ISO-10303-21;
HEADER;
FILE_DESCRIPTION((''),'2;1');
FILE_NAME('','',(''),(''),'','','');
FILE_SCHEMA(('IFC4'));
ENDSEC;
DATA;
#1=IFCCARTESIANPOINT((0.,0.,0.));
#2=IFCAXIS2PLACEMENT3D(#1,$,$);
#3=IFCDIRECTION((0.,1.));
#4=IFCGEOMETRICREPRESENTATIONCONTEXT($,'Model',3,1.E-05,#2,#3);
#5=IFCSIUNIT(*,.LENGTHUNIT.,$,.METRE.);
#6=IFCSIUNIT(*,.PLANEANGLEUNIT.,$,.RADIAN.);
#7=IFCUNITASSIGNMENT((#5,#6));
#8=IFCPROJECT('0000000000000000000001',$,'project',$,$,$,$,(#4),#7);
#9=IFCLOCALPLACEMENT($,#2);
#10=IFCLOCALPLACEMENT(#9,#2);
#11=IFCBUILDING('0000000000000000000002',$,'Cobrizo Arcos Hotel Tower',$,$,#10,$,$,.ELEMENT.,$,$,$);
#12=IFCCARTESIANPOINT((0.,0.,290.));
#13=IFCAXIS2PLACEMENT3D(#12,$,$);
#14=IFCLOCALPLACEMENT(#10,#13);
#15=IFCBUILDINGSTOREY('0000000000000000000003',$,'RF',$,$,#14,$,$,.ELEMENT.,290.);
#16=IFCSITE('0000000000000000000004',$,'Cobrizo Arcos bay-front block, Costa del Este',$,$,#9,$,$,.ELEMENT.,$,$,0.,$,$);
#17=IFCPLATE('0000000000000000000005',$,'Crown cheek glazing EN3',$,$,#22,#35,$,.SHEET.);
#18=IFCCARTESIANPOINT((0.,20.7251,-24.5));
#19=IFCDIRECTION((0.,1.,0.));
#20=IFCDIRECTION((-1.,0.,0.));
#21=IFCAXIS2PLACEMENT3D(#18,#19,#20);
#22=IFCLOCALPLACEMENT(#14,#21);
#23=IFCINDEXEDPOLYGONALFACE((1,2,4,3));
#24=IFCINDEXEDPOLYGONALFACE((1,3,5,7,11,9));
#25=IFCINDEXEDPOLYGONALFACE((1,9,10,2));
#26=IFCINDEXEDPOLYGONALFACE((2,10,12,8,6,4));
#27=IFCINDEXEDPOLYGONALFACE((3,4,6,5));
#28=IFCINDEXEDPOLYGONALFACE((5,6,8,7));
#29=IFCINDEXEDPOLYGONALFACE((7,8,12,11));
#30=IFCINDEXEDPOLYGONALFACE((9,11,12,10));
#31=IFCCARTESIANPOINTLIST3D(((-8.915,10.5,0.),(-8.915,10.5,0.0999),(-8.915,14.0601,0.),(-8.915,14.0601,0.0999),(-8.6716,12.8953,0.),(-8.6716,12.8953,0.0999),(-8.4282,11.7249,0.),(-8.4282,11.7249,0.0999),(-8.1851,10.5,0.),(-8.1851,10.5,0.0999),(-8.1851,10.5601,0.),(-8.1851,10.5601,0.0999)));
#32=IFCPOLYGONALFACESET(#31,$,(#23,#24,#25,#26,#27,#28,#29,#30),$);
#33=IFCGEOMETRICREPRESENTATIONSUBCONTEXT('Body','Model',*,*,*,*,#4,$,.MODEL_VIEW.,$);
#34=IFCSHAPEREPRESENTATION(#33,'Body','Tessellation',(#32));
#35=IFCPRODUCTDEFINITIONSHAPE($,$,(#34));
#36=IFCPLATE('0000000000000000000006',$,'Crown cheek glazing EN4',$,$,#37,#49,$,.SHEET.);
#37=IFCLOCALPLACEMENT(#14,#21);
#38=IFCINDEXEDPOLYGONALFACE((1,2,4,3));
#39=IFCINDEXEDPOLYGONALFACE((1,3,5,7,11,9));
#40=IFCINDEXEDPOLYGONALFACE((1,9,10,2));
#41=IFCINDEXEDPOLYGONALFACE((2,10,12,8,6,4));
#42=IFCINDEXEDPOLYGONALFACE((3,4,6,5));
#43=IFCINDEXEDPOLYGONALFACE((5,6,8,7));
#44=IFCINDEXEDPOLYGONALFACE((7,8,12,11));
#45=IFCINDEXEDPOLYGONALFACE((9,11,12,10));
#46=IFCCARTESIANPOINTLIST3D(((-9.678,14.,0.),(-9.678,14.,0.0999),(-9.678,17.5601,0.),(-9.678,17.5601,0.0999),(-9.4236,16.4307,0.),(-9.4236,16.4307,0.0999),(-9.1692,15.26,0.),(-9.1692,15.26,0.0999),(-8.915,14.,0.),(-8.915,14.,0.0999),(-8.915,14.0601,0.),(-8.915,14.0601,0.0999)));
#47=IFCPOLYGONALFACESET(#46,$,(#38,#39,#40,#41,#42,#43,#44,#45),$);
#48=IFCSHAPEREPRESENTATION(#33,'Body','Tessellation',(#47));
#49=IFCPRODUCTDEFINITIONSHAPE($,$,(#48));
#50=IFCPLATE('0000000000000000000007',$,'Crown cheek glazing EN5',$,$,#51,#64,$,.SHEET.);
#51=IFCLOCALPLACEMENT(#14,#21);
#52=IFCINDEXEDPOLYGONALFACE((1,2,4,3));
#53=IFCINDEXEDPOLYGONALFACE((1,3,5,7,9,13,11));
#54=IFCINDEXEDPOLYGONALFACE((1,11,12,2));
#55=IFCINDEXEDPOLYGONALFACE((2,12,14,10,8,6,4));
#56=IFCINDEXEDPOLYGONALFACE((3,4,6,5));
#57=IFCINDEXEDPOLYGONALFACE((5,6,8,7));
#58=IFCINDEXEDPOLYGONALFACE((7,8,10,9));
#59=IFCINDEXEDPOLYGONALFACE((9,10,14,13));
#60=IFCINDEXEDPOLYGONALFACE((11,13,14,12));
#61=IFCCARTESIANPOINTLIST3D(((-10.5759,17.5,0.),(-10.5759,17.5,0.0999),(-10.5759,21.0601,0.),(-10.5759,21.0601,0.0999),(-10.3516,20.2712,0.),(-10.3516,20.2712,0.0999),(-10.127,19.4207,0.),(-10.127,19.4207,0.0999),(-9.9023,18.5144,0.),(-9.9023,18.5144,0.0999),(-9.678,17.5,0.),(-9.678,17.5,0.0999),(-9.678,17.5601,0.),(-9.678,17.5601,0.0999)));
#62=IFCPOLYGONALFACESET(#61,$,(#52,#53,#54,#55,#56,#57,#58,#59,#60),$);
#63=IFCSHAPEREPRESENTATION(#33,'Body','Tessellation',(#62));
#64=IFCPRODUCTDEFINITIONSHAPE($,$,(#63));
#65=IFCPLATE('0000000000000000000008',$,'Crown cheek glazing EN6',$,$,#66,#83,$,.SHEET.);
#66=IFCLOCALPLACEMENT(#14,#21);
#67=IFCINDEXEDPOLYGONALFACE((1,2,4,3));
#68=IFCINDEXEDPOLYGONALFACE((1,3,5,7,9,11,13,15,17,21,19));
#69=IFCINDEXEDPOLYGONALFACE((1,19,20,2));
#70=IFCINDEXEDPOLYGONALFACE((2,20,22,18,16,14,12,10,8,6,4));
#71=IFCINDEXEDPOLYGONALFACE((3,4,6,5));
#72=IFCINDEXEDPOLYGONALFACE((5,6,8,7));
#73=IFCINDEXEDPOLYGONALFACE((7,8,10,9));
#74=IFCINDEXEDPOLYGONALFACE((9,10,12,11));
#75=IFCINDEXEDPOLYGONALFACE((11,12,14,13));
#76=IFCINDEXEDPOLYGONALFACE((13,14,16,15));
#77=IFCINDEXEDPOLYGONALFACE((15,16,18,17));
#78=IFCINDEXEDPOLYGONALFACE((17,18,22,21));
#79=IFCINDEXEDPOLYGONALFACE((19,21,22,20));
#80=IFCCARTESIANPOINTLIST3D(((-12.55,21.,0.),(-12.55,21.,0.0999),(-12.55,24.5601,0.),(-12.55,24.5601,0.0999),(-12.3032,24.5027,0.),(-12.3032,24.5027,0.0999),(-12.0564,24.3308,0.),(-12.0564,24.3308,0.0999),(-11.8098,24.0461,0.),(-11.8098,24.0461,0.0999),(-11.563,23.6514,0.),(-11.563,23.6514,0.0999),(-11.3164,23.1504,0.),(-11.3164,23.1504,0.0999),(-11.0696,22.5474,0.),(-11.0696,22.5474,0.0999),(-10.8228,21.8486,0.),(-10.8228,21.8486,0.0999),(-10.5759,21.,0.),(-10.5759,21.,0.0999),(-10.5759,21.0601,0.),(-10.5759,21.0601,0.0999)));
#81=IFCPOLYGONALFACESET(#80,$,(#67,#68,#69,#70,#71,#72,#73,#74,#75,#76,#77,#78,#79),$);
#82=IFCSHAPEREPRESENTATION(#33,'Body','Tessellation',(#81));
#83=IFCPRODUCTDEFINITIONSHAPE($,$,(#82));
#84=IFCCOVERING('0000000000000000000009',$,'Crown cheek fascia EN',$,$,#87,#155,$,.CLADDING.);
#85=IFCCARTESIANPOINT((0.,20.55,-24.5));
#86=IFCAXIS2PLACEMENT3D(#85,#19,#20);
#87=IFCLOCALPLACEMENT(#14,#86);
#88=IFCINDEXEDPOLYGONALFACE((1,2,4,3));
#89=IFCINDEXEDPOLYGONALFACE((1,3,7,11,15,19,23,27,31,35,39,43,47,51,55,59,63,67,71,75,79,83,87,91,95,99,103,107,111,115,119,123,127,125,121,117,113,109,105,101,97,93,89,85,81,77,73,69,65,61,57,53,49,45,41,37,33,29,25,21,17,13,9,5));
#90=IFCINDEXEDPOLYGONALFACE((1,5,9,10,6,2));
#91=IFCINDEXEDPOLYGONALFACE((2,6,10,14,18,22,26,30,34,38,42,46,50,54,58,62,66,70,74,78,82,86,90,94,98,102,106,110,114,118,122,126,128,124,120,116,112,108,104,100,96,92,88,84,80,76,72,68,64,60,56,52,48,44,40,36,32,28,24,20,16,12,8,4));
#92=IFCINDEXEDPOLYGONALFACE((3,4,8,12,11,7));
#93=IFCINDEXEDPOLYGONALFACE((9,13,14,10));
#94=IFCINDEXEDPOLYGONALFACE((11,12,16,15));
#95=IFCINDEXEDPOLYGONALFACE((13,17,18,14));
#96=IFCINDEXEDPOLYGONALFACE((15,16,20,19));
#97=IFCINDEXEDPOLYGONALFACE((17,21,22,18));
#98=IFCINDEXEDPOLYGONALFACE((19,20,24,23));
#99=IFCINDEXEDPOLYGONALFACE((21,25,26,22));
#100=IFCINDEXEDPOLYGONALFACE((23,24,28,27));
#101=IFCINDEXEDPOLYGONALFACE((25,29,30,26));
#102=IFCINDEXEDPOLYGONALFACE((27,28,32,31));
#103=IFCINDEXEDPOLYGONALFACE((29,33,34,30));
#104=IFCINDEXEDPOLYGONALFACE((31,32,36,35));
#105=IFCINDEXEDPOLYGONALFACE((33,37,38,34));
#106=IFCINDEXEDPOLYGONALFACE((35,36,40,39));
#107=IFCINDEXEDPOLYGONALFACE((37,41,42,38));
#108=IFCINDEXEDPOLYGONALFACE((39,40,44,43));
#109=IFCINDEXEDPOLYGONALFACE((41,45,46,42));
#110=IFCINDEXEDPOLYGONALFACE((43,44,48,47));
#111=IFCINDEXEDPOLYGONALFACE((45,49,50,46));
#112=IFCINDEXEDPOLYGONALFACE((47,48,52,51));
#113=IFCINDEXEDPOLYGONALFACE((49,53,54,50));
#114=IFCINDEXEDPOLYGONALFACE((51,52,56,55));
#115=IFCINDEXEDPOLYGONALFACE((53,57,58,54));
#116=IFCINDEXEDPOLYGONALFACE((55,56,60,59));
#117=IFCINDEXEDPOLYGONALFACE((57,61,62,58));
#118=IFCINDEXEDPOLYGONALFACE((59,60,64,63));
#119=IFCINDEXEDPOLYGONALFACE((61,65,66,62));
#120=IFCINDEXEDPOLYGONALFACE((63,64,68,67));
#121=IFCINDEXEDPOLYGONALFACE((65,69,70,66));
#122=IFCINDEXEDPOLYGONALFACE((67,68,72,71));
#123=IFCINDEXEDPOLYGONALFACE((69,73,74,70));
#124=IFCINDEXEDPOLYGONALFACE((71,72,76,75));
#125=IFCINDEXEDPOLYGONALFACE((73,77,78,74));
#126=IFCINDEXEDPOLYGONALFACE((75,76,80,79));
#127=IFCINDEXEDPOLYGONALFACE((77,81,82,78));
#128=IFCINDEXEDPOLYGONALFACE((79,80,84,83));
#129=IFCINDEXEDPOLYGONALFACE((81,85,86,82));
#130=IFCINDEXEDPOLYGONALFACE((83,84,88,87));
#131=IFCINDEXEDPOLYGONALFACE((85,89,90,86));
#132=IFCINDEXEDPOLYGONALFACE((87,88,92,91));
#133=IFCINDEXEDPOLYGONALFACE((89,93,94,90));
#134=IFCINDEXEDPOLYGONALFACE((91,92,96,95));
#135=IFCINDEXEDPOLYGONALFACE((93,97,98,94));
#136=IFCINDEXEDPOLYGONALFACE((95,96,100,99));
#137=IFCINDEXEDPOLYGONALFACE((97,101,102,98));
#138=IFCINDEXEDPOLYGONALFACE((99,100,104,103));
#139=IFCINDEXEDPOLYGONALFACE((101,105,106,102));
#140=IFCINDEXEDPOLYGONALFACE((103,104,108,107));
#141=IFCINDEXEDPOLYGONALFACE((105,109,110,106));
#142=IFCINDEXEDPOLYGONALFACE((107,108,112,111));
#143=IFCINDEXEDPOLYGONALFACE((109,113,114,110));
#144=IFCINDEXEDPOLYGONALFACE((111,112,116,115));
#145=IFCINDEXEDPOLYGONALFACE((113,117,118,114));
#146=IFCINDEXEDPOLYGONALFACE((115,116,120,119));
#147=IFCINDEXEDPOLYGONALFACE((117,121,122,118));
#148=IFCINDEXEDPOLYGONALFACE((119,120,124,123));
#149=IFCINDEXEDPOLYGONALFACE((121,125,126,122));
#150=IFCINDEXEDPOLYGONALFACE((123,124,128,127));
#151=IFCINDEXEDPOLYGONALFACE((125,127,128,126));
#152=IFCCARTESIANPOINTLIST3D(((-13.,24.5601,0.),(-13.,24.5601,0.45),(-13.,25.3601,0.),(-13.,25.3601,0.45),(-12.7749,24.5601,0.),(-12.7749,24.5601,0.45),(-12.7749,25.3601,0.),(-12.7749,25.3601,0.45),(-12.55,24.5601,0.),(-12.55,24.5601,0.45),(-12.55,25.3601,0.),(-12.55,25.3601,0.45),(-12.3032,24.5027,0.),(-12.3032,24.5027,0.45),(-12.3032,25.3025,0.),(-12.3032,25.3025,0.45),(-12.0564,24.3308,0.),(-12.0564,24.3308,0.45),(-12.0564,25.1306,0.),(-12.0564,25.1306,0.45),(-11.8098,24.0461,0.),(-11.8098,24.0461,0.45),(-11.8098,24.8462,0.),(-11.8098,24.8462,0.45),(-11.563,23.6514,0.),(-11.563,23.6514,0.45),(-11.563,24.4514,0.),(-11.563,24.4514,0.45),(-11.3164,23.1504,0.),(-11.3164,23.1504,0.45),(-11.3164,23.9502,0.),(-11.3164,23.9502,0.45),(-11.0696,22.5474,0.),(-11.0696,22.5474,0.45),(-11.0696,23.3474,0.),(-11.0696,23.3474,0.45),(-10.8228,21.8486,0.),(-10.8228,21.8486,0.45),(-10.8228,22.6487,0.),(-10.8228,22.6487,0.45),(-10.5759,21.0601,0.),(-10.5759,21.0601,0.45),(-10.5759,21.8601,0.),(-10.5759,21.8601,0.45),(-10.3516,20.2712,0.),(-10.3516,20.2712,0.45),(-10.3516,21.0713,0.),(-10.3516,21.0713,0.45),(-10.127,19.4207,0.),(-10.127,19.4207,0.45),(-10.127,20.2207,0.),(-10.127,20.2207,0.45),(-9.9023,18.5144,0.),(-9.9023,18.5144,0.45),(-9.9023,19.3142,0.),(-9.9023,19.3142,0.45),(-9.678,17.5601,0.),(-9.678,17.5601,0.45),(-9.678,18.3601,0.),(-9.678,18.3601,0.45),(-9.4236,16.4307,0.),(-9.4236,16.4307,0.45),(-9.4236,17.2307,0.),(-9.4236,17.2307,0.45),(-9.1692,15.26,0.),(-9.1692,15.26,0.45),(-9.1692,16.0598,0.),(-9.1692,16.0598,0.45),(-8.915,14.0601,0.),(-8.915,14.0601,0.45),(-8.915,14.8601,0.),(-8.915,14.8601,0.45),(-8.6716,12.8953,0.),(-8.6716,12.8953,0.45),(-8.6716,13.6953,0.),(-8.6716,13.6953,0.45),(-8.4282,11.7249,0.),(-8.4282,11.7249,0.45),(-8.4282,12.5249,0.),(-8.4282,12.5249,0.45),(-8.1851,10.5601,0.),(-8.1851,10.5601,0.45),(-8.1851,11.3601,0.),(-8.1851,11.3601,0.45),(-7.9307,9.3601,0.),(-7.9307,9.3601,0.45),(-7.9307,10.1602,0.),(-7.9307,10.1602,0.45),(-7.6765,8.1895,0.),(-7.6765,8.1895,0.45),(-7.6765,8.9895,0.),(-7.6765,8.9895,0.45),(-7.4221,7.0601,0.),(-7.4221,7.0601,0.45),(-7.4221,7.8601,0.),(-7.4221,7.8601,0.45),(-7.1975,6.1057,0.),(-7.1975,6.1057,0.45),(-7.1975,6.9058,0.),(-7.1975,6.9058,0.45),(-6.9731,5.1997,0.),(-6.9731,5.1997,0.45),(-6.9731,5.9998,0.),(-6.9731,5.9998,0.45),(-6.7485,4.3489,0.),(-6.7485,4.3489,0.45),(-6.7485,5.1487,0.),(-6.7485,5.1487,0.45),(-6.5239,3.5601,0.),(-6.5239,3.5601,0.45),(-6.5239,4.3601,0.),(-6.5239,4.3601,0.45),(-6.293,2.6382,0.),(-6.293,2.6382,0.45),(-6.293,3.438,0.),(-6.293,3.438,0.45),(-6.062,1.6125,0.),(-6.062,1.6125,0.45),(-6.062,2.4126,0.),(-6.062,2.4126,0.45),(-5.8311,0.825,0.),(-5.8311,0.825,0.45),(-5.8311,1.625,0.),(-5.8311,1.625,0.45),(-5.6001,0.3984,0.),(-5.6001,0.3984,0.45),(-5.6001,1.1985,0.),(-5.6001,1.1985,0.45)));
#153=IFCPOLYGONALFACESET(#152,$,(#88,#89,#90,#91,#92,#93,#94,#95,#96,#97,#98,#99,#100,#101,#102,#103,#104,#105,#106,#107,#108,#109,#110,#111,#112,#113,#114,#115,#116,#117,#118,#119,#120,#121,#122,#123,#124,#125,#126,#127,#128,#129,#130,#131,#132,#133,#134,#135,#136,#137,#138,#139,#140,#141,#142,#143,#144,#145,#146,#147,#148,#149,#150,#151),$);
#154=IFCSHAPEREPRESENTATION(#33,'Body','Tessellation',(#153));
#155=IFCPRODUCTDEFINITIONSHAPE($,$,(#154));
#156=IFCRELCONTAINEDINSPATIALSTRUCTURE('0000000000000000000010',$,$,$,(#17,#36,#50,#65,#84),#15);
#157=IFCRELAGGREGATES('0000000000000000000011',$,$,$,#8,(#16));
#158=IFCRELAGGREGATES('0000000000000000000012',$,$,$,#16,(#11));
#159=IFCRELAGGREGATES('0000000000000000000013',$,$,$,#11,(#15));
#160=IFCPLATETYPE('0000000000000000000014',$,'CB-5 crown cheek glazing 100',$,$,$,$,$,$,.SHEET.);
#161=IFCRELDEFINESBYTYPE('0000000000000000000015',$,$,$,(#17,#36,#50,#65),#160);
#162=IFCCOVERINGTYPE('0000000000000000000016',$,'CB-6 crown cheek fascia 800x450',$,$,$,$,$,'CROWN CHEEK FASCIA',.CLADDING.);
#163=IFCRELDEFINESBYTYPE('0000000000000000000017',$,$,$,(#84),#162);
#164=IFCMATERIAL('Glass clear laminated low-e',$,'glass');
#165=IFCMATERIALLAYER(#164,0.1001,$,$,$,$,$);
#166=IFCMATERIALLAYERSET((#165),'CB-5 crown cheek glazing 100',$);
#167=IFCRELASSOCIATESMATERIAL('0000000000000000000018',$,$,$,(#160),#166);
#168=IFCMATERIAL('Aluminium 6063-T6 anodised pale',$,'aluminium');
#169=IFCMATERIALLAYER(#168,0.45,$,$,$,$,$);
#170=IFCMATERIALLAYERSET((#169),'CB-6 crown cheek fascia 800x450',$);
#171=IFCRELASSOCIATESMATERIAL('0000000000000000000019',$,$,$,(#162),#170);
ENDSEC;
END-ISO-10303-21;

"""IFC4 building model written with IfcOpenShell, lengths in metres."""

from ifc_helpers import new_model, si_unit, direction, frame, origin, place, context, subcontext, project, spatial, polyline, outline, extrude, material, layer, layer_set, type_object, element, save


model = new_model("IFC4")

# Units and contexts
model_context = context("Model", 3, precision=1e-05, world=origin(), true_north=direction((0.0, 1.0)))
body_context = subcontext(model_context, "Body", "Model", "MODEL_VIEW")
ifc_project = project(units=[si_unit("LENGTHUNIT", "METRE"), si_unit("PLANEANGLEUNIT", "RADIAN")], contexts=[model_context])

# Site, building, storey
site_placement = place(None, origin())
site = spatial("IfcSite", under=ifc_project, at=site_placement, Name="Cobrizo Arcos bay-front block, Costa del Este", CompositionType="ELEMENT", RefElevation=0.0)
building_placement = place(site_placement, origin())
building = spatial("IfcBuilding", under=site, at=building_placement, Name="Cobrizo Arcos Hotel Tower", CompositionType="ELEMENT")
storey_placement = place(building_placement, frame((0.0, 0.0, 290.0)))
storey = spatial("IfcBuildingStorey", under=building, at=storey_placement, Name="RF", CompositionType="ELEMENT", Elevation=290.0)

# Plates
ifc_material_1 = material(Name="Glass clear laminated low-e", Category="glass")
ifc_layer_1 = layer(ifc_material_1, 0.1001)
ifc_layer_set_1 = layer_set([ifc_layer_1], Name="CB-5 crown cheek glazing 100")
plate_type_1 = type_object("IfcPlateType", Name="CB-5 crown cheek glazing 100", PredefinedType="SHEET", material=ifc_layer_set_1)
plate_1_placement = place(storey_placement, frame((0.0, 20.7251, -24.5), z_axis=(0.0, 1.0, 0.0), x_axis=(-1.0, 0.0, 0.0)))
element("IfcPlate", 1, at=plate_1_placement, inside=storey, type_object=plate_type_1, Name="Crown cheek glazing EN3", PredefinedType="SHEET", context=body_context, shape_type="SweptSolid", body=[
    extrude(outline(polyline([(-8.1851, 10.5), (-8.1851, 10.5601), (-8.4282, 11.7249), (-8.6716, 12.8953), (-8.915, 14.0601), (-8.915, 10.5), (-8.1851, 10.5)])), origin(), (0.0, 0.0, 1.0), 0.0999),
])
plate_2_placement = place(storey_placement, frame((0.0, 20.7251, -24.5), z_axis=(0.0, 1.0, 0.0), x_axis=(-1.0, 0.0, 0.0)))
element("IfcPlate", 2, at=plate_2_placement, inside=storey, type_object=plate_type_1, Name="Crown cheek glazing EN4", PredefinedType="SHEET", context=body_context, shape_type="SweptSolid", body=[
    extrude(outline(polyline([(-8.915, 14.0), (-8.915, 14.0601), (-9.1692, 15.26), (-9.4236, 16.4307), (-9.678, 17.5601), (-9.678, 14.0), (-8.915, 14.0)])), origin(), (0.0, 0.0, 1.0), 0.0999),
])
plate_3_placement = place(storey_placement, frame((0.0, 20.7251, -24.5), z_axis=(0.0, 1.0, 0.0), x_axis=(-1.0, 0.0, 0.0)))
element("IfcPlate", 3, at=plate_3_placement, inside=storey, type_object=plate_type_1, Name="Crown cheek glazing EN5", PredefinedType="SHEET", context=body_context, shape_type="SweptSolid", body=[
    extrude(outline(polyline([(-9.678, 17.5), (-9.678, 17.5601), (-9.9023, 18.5144), (-10.127, 19.4207), (-10.3516, 20.2712), (-10.5759, 21.0601), (-10.5759, 17.5), (-9.678, 17.5)])), origin(), (0.0, 0.0, 1.0), 0.0999),
])
plate_4_placement = place(storey_placement, frame((0.0, 20.7251, -24.5), z_axis=(0.0, 1.0, 0.0), x_axis=(-1.0, 0.0, 0.0)))
element("IfcPlate", 4, at=plate_4_placement, inside=storey, type_object=plate_type_1, Name="Crown cheek glazing EN6", PredefinedType="SHEET", context=body_context, shape_type="SweptSolid", body=[
    extrude(outline(polyline([(-10.5759, 21.0), (-10.5759, 21.0601), (-10.8228, 21.8486), (-11.0696, 22.5474), (-11.3164, 23.1504), (-11.563, 23.6514), (-11.8098, 24.0461), (-12.0564, 24.3308), (-12.3032, 24.5027), (-12.55, 24.5601), (-12.55, 21.0), (-10.5759, 21.0)])), origin(), (0.0, 0.0, 1.0), 0.0999),
])

# Covering
ifc_material_2 = material(Name="Aluminium 6063-T6 anodised pale", Category="aluminium")
ifc_layer_2 = layer(ifc_material_2, 0.45)
ifc_layer_set_2 = layer_set([ifc_layer_2], Name="CB-6 crown cheek fascia 800x450")
covering_type = type_object("IfcCoveringType", Name="CB-6 crown cheek fascia 800x450", ElementType="CROWN CHEEK FASCIA", PredefinedType="CLADDING", material=ifc_layer_set_2)
covering_placement = place(storey_placement, frame((0.0, 20.55, -24.5), z_axis=(0.0, 1.0, 0.0), x_axis=(-1.0, 0.0, 0.0)))
element("IfcCovering", 5, at=covering_placement, inside=storey, type_object=covering_type, Name="Crown cheek fascia EN", PredefinedType="CLADDING", context=body_context, shape_type="SweptSolid", body=[
    extrude(outline(polyline([(-5.6001, 0.3984), (-5.8311, 0.825), (-6.062, 1.6125), (-6.293, 2.6382), (-6.5239, 3.5601), (-6.7485, 4.3489), (-6.9731, 5.1997), (-7.1975, 6.1057), (-7.4221, 7.0601), (-7.6765, 8.1895), (-7.9307, 9.3601), (-8.1851, 10.5601), (-8.4282, 11.7249), (-8.6716, 12.8953), (-8.915, 14.0601), (-9.1692, 15.26), (-9.4236, 16.4307), (-9.678, 17.5601), (-9.9023, 18.5144), (-10.127, 19.4207), (-10.3516, 20.2712), (-10.5759, 21.0601), (-10.8228, 21.8486), (-11.0696, 22.5474), (-11.3164, 23.1504), (-11.563, 23.6514), (-11.8098, 24.0461), (-12.0564, 24.3308), (-12.3032, 24.5027), (-12.55, 24.5601), (-12.7749, 24.5601), (-13.0, 24.5601), (-13.0, 25.3601), (-12.7749, 25.3601), (-12.55, 25.3601), (-12.3032, 25.3025), (-12.0564, 25.1306), (-11.8098, 24.8462), (-11.563, 24.4514), (-11.3164, 23.9502), (-11.0696, 23.3474), (-10.8228, 22.6487), (-10.5759, 21.8601), (-10.3516, 21.0713), (-10.127, 20.2207), (-9.9023, 19.3142), (-9.678, 18.3601), (-9.4236, 17.2307), (-9.1692, 16.0598), (-8.915, 14.8601), (-8.6716, 13.6953), (-8.4282, 12.5249), (-8.1851, 11.3601), (-7.9307, 10.1602), (-7.6765, 8.9895), (-7.4221, 7.8601), (-7.1975, 6.9058), (-6.9731, 5.9998), (-6.7485, 5.1487), (-6.5239, 4.3601), (-6.293, 3.438), (-6.062, 2.4126), (-5.8311, 1.625), (-5.6001, 1.1985), (-5.6001, 0.3984)])), origin(), (0.0, 0.0, 1.0), 0.45),
])

save(model, "model.ifc")
